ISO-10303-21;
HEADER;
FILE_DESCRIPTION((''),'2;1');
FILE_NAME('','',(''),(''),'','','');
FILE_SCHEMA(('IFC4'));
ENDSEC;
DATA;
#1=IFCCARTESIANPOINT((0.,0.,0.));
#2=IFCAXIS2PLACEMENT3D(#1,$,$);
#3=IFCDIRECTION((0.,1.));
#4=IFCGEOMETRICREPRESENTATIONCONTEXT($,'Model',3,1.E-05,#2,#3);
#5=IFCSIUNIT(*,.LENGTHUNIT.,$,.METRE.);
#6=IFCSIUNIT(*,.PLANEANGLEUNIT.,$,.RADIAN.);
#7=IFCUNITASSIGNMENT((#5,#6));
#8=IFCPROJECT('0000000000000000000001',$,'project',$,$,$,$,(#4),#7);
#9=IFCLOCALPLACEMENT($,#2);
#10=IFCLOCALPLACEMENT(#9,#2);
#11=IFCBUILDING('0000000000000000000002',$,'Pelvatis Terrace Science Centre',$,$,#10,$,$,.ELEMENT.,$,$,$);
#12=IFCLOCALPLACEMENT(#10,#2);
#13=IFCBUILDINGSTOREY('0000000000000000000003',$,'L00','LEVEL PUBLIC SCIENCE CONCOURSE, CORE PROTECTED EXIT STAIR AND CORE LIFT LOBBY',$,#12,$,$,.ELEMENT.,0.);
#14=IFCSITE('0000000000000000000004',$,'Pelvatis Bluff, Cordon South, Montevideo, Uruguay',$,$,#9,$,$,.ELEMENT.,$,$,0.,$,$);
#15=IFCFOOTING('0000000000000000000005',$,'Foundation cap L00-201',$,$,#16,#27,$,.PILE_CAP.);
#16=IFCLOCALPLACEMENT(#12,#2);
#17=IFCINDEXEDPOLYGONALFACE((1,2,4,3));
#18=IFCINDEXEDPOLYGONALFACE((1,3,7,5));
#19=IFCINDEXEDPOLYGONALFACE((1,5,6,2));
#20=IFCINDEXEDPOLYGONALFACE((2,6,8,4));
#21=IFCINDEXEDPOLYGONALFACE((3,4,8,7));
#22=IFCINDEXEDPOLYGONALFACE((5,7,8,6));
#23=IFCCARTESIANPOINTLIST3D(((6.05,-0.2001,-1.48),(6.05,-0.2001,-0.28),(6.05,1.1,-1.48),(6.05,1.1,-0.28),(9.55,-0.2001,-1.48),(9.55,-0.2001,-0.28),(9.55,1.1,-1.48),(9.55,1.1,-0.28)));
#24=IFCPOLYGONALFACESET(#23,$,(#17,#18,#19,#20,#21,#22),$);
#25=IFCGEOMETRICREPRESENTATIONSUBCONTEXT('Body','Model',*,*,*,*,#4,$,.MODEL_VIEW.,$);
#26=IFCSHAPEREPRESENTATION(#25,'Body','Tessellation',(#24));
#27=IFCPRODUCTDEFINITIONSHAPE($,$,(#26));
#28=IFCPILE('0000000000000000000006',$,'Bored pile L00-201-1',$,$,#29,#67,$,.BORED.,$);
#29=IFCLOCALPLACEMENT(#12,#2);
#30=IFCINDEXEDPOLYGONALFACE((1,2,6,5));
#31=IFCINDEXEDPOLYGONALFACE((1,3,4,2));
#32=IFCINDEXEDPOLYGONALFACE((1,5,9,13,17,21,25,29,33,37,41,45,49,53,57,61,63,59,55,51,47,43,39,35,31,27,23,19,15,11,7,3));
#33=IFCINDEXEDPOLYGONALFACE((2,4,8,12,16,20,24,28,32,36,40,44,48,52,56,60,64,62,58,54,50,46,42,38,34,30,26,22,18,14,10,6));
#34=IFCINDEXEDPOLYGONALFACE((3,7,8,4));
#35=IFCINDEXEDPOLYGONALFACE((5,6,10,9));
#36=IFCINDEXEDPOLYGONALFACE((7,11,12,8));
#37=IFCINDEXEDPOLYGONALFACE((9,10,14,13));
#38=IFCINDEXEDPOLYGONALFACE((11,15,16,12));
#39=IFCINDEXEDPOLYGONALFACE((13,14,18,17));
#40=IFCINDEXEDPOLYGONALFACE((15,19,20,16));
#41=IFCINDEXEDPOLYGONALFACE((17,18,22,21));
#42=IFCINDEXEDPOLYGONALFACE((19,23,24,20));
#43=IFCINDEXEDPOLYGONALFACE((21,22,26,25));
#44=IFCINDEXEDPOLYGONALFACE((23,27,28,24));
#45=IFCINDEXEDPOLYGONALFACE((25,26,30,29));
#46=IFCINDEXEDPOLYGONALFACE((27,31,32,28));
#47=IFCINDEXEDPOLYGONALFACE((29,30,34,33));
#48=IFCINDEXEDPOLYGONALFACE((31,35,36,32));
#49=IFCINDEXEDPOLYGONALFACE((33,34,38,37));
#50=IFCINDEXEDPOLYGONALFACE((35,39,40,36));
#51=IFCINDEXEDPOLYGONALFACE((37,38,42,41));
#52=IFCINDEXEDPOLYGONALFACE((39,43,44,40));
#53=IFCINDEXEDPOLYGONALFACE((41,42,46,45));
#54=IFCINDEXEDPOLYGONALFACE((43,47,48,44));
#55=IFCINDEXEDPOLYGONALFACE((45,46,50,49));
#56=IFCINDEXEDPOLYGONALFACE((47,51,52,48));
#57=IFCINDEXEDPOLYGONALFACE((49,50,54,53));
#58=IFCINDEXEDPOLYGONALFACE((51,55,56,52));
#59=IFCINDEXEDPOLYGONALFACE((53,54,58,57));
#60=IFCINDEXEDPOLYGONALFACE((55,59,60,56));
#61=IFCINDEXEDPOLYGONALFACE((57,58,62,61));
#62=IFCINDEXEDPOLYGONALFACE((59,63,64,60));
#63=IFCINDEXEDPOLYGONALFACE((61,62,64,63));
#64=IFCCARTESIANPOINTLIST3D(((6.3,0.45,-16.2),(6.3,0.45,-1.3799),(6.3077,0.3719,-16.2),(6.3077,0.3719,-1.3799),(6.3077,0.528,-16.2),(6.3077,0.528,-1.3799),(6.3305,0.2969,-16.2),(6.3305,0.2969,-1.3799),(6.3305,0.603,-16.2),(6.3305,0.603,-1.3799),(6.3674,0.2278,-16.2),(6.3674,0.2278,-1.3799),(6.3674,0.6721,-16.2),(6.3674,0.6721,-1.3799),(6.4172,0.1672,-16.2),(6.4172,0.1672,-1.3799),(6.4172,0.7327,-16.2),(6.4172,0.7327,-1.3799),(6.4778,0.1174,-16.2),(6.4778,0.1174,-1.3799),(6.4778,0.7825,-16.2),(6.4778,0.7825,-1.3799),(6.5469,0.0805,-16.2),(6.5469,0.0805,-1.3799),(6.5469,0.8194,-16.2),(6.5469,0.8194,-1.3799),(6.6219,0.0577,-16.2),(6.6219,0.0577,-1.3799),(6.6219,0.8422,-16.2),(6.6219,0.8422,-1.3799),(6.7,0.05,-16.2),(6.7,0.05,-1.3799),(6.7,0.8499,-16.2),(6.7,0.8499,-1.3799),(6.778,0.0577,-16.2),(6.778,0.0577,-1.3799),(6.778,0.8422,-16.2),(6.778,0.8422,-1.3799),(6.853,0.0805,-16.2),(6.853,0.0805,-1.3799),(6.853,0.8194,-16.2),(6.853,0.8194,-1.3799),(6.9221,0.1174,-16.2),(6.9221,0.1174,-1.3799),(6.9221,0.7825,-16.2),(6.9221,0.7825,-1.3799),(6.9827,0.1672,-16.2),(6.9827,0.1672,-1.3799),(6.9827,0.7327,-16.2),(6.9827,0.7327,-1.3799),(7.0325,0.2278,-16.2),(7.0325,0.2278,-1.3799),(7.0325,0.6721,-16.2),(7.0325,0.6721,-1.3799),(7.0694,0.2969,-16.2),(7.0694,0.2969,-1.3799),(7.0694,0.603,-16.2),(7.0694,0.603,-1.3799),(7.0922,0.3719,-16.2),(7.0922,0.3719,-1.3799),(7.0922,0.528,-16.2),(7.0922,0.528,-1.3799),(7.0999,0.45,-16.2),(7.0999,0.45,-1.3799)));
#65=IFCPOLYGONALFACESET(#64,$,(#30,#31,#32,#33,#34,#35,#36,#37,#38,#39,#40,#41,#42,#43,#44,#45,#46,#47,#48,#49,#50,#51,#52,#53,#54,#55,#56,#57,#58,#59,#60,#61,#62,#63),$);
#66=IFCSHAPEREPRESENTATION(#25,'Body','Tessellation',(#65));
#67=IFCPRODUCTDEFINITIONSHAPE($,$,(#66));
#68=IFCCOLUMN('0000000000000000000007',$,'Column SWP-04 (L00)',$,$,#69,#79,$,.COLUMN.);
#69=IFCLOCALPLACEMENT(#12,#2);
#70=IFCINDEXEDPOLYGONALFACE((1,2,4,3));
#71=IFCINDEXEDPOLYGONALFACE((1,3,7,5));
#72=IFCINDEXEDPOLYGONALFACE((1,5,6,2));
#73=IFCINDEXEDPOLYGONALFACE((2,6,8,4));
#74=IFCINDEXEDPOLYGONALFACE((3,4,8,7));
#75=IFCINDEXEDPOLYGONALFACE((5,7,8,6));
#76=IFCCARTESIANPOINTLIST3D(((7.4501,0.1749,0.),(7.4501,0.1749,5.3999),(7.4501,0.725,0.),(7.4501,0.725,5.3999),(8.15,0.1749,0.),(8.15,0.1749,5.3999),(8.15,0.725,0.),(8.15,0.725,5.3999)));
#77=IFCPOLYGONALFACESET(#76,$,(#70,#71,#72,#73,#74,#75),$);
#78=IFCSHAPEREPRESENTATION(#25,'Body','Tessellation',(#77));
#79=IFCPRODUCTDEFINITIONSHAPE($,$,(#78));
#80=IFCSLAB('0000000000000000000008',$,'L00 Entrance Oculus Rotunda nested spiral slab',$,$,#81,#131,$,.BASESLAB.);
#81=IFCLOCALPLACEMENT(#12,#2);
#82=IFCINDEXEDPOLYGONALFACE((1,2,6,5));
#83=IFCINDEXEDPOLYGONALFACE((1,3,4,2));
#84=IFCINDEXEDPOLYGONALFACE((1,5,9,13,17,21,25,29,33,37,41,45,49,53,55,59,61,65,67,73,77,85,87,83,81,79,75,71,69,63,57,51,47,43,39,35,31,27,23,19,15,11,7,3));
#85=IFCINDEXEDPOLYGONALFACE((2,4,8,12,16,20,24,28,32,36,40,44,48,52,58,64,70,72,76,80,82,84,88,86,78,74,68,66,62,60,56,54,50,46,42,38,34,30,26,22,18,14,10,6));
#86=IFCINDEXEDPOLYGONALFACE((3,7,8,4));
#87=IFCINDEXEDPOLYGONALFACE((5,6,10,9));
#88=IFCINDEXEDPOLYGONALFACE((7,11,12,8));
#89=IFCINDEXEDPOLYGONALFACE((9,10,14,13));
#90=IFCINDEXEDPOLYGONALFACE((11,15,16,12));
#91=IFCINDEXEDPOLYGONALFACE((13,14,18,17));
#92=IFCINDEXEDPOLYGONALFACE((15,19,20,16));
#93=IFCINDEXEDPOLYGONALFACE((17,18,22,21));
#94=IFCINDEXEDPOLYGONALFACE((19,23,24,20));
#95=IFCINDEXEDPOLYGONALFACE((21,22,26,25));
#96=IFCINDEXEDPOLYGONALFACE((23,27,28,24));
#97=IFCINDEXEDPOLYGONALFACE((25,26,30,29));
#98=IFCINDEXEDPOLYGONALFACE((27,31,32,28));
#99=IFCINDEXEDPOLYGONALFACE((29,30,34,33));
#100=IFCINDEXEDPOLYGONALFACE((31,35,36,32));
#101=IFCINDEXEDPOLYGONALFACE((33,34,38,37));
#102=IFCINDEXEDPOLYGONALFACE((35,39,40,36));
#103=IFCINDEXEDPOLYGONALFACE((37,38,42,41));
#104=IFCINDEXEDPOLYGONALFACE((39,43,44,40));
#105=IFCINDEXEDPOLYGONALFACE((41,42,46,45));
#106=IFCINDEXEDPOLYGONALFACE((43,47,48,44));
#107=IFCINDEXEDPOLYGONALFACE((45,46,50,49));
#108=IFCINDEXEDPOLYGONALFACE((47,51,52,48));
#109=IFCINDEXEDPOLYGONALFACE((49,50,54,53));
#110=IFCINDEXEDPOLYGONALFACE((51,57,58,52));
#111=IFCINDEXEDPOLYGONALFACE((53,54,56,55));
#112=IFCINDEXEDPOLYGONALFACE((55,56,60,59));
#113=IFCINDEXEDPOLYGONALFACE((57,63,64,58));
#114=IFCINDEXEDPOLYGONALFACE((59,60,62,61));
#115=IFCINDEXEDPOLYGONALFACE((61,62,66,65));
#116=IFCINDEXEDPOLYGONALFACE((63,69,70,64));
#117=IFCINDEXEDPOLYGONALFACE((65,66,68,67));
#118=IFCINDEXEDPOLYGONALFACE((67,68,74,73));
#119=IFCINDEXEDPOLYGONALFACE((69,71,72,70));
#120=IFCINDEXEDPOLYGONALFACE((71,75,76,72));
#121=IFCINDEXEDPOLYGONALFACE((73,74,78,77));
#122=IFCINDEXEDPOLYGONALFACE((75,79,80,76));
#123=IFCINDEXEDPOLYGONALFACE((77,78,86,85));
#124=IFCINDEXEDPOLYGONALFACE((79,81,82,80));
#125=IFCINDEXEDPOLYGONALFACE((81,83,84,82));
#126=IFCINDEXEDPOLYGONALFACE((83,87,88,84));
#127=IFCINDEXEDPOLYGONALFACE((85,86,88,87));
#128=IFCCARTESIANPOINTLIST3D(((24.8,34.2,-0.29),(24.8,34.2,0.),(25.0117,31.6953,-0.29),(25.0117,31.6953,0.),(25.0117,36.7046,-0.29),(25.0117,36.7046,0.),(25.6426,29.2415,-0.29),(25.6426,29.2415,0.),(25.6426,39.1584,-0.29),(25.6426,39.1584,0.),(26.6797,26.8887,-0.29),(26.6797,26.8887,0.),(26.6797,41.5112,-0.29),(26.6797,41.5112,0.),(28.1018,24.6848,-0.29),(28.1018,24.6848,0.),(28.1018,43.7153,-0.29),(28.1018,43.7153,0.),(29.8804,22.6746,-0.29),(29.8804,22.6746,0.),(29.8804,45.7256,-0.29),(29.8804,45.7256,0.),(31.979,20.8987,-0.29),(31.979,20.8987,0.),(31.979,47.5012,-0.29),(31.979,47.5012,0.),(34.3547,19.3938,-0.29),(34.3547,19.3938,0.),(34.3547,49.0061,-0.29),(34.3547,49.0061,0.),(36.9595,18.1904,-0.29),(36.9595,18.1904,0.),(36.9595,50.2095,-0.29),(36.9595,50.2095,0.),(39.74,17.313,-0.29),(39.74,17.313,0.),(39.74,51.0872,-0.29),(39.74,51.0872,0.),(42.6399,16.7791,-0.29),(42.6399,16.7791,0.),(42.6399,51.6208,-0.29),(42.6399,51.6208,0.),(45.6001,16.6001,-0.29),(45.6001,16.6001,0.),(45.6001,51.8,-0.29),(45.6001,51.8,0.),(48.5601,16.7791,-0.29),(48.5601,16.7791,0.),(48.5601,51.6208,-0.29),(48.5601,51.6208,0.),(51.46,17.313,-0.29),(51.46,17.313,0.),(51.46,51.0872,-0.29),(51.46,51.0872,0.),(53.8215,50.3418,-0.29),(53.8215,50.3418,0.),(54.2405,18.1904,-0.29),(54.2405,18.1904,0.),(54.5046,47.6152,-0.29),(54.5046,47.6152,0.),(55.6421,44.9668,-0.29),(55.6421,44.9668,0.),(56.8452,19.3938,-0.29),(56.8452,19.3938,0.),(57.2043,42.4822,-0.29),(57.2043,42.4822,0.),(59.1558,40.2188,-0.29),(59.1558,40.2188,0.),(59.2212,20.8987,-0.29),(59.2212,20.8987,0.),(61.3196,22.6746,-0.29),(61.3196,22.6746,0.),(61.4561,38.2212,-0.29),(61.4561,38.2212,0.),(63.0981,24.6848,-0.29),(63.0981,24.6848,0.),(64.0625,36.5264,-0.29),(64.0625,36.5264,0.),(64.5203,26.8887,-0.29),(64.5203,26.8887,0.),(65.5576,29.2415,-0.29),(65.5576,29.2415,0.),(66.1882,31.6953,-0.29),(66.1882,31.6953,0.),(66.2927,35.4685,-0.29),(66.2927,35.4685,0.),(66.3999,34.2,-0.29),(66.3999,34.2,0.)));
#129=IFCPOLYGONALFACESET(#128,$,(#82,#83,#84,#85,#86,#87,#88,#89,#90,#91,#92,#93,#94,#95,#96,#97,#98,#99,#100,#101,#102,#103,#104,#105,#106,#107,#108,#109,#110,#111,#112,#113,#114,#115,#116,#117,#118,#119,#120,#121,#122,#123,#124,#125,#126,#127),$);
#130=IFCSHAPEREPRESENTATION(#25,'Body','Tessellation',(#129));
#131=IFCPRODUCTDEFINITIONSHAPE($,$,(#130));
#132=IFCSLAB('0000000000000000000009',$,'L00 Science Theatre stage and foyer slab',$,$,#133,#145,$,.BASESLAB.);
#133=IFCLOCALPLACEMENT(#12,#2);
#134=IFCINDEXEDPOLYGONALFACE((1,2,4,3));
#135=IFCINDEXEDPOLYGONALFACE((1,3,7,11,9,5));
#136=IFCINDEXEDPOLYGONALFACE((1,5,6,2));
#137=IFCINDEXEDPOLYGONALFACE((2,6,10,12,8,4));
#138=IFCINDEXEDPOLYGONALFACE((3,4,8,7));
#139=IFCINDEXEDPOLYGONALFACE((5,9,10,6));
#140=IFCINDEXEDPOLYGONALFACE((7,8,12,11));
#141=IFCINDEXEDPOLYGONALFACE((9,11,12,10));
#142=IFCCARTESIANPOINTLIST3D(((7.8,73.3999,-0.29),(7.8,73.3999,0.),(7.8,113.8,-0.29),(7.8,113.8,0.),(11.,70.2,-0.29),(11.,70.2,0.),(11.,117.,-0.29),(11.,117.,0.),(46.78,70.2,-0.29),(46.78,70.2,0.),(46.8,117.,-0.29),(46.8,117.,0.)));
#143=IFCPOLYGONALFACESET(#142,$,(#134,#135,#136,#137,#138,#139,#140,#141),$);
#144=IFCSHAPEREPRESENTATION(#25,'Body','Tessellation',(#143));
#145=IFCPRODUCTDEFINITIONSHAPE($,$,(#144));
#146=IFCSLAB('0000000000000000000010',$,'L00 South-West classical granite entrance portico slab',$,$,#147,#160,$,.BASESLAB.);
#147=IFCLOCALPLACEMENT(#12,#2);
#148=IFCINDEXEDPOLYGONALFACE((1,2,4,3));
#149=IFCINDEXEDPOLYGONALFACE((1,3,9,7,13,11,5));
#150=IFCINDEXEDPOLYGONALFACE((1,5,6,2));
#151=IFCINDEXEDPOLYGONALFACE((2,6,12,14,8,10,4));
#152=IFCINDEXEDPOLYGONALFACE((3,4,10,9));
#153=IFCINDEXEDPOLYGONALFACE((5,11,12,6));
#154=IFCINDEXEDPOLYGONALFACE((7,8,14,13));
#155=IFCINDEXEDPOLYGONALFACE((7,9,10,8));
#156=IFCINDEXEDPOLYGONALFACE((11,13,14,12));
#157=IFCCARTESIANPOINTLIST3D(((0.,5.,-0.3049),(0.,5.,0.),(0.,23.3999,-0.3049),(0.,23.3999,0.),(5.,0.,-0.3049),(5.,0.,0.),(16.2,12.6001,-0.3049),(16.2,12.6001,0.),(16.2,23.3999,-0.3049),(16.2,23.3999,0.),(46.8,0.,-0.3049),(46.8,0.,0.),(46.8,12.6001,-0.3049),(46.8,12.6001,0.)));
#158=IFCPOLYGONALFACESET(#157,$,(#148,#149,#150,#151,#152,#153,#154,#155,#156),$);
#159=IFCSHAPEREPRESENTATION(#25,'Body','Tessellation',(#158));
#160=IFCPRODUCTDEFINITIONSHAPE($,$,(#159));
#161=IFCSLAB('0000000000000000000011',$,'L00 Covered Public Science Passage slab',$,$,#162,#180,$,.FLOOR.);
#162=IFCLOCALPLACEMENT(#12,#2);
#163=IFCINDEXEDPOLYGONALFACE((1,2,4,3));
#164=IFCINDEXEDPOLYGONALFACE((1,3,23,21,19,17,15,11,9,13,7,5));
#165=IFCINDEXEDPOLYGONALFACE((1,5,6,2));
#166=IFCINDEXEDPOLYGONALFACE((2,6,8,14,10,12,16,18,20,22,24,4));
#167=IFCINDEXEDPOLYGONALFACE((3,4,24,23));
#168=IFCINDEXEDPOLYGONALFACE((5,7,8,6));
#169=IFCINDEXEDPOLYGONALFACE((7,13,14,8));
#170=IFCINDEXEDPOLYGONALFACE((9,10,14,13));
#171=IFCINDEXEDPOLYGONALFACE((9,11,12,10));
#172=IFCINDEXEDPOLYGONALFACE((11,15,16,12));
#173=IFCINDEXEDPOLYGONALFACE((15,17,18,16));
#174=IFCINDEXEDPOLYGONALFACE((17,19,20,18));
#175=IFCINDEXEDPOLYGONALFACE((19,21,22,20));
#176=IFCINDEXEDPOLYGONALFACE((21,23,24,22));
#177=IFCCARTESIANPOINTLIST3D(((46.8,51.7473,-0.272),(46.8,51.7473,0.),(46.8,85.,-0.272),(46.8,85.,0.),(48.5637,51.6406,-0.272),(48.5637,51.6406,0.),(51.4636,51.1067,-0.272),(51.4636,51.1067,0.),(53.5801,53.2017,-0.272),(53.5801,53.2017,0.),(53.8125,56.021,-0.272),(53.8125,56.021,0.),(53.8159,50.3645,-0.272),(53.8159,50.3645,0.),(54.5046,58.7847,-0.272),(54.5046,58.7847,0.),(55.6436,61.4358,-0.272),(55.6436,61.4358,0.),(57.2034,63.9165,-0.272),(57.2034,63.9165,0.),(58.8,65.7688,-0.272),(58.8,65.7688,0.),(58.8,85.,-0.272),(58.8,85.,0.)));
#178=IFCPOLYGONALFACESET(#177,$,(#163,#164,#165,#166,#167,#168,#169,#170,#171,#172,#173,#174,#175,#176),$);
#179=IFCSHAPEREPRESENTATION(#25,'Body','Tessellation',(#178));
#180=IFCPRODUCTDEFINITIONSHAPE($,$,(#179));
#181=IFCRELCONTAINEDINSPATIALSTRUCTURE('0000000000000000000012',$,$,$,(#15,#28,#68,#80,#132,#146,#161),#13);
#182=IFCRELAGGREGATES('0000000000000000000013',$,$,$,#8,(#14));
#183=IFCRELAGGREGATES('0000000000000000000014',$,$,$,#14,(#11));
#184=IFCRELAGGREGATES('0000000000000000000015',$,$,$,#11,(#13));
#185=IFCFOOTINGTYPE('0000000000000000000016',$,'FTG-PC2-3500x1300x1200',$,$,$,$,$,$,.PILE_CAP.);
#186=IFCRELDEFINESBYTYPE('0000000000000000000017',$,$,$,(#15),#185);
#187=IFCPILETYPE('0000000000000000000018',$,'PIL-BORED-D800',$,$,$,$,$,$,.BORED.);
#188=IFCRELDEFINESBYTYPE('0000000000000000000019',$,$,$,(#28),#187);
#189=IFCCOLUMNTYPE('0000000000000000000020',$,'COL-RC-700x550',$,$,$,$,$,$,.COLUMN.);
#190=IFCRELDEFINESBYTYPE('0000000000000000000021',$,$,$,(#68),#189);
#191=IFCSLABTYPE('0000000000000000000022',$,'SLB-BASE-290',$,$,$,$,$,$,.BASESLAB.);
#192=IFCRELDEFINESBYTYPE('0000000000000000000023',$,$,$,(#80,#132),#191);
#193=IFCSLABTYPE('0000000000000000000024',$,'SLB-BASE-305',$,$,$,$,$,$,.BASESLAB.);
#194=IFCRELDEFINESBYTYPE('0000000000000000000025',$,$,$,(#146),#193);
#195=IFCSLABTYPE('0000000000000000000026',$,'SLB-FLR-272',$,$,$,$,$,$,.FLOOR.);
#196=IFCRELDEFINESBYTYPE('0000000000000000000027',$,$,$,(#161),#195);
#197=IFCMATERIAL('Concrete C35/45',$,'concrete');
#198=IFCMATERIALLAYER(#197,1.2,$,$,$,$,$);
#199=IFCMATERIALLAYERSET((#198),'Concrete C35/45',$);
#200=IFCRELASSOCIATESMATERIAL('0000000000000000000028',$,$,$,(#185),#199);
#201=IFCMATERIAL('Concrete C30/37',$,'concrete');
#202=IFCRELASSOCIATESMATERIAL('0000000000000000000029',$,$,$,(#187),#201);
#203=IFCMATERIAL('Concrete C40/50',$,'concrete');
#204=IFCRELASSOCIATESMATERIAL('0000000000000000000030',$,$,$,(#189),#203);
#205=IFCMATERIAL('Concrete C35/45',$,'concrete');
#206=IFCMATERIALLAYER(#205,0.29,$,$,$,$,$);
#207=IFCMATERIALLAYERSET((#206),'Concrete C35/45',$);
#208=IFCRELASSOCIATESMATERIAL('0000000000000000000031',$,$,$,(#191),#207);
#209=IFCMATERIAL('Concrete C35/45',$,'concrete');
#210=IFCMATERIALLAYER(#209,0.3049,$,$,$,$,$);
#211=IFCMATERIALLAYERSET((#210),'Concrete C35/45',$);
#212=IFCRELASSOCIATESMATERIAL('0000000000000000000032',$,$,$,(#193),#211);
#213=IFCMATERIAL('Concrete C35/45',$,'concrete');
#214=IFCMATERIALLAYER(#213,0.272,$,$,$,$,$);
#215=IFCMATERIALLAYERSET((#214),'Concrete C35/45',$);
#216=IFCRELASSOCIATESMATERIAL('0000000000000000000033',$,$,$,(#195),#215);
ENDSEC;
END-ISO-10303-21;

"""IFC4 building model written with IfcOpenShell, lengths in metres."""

from ifc_helpers import new_model, si_unit, direction, frame, origin, origin_2d, place, context, subcontext, project, spatial, polyline, rectangle, circle, outline, extrude, material, layer, layer_set, material_profile, profile_set, type_object, element, save


model = new_model("IFC4")

# Units and contexts
model_context = context("Model", 3, precision=1e-05, world=origin(), true_north=direction((0.0, 1.0)))
body_context = subcontext(model_context, "Body", "Model", "MODEL_VIEW")
ifc_project = project(units=[si_unit("LENGTHUNIT", "METRE"), si_unit("PLANEANGLEUNIT", "RADIAN")], contexts=[model_context])

# Site, building, storey
site_placement = place(None, origin())
site = spatial("IfcSite", under=ifc_project, at=site_placement, Name="Pelvatis Bluff, Cordon South, Montevideo, Uruguay", CompositionType="ELEMENT", RefElevation=0.0)
building_placement = place(site_placement, origin())
building = spatial("IfcBuilding", under=site, at=building_placement, Name="Pelvatis Terrace Science Centre", CompositionType="ELEMENT")
storey_placement = place(building_placement, origin())
storey = spatial("IfcBuildingStorey", under=building, at=storey_placement, Name="L00", Description="LEVEL PUBLIC SCIENCE CONCOURSE, CORE PROTECTED EXIT STAIR AND CORE LIFT LOBBY", CompositionType="ELEMENT", Elevation=0.0)

# Footing
ifc_material_1 = material(Name="Concrete C35/45", Category="concrete")
ifc_layer_1 = layer(ifc_material_1, 1.2)
ifc_layer_set_1 = layer_set([ifc_layer_1], Name="Concrete C35/45")
footing_type = type_object("IfcFootingType", Name="FTG-PC2-3500x1300x1200", PredefinedType="PILE_CAP", material=ifc_layer_set_1)
footing_placement = place(storey_placement, frame((7.8, 0.45, -1.48), z_axis=(0.0, 0.0, 1.0), x_axis=(1.0, 0.0, 0.0)))
element("IfcFooting", 1, at=footing_placement, inside=storey, type_object=footing_type, Name="Foundation cap L00-201", PredefinedType="PILE_CAP", context=body_context, shape_type="SweptSolid", body=[
    extrude(rectangle(XDim=3.5, YDim=1.3, at=origin_2d()), origin(), (0.0, 0.0, 1.0), 1.2),
])

# Pile
ifc_material_2 = material(Name="Concrete C30/37", Category="concrete")
ifc_material_profile_1 = material_profile(ifc_material_2, circle(Radius=0.3999, at=origin_2d()), Name="PILE D800")
ifc_profile_set_1 = profile_set([ifc_material_profile_1], Name="Concrete C30/37")
pile_type = type_object("IfcPileType", Name="PIL-BORED-D800", PredefinedType="BORED", material=ifc_profile_set_1)
pile_placement = place(storey_placement, frame((6.7, 0.45, -1.3799), z_axis=(0.0, 0.0, -1.0), x_axis=(1.0, 0.0, 0.0)))
element("IfcPile", 2, at=pile_placement, inside=storey, type_object=pile_type, Name="Bored pile L00-201-1", PredefinedType="BORED", context=body_context, shape_type="SweptSolid", body=[
    extrude(circle(Radius=0.3999, at=origin_2d()), origin(), (0.0, 0.0, 1.0), 14.8201),
])

# Column
ifc_material_3 = material(Name="Concrete C40/50", Category="concrete")
ifc_material_profile_2 = material_profile(ifc_material_3, rectangle(XDim=0.7, YDim=0.55, at=origin_2d()), Name="RC-COL 700x550")
ifc_profile_set_2 = profile_set([ifc_material_profile_2], Name="Concrete C40/50")
column_type = type_object("IfcColumnType", Name="COL-RC-700x550", PredefinedType="COLUMN", material=ifc_profile_set_2)
column_placement = place(storey_placement, frame((7.8, 0.45, 0.0), z_axis=(0.0, 0.0, 1.0), x_axis=(1.0, 0.0, 0.0)))
element("IfcColumn", 3, at=column_placement, inside=storey, type_object=column_type, Name="Column SWP-04 (L00)", PredefinedType="COLUMN", context=body_context, shape_type="SweptSolid", body=[
    extrude(rectangle(XDim=0.7, YDim=0.55, at=origin_2d()), origin(), (0.0, 0.0, 1.0), 5.3999),
])

# Slabs
ifc_material_4 = material(Name="Concrete C35/45", Category="concrete")
ifc_layer_2 = layer(ifc_material_4, 0.29)
ifc_layer_set_2 = layer_set([ifc_layer_2], Name="Concrete C35/45")
slab_type_1 = type_object("IfcSlabType", Name="SLB-BASE-290", PredefinedType="BASESLAB", material=ifc_layer_set_2)
slab_1_placement = place(storey_placement, frame((0.0, 0.0, -0.29)))
element("IfcSlab", 4, at=slab_1_placement, inside=storey, type_object=slab_type_1, Name="L00 Entrance Oculus Rotunda nested spiral slab", PredefinedType="BASESLAB", context=body_context, shape_type="SweptSolid", body=[
    extrude(outline(polyline([(66.1882, 31.6953), (65.5576, 29.2415), (64.5203, 26.8887), (63.0981, 24.6848), (61.3196, 22.6746), (59.2212, 20.8987), (56.8452, 19.3938), (54.2405, 18.1904), (51.46, 17.313), (48.5601, 16.7791), (45.6001, 16.6001), (42.6399, 16.7791), (39.74, 17.313), (36.9595, 18.1904), (34.3547, 19.3938), (31.979, 20.8987), (29.8804, 22.6746), (28.1018, 24.6848), (26.6797, 26.8887), (25.6426, 29.2415), (25.0117, 31.6953), (24.8, 34.2), (25.0117, 36.7046), (25.6426, 39.1584), (26.6797, 41.5112), (28.1018, 43.7153), (29.8804, 45.7256), (31.979, 47.5012), (34.3547, 49.0061), (36.9595, 50.2095), (39.74, 51.0872), (42.6399, 51.6208), (45.6001, 51.8), (48.5601, 51.6208), (51.46, 51.0872), (53.8215, 50.3418), (54.5046, 47.6152), (55.6421, 44.9668), (57.2043, 42.4822), (59.1558, 40.2188), (61.4561, 38.2212), (64.0625, 36.5264), (66.2927, 35.4685), (66.3999, 34.2), (66.1882, 31.6953)])), origin(), (0.0, 0.0, 1.0), 0.29),
])
slab_2_placement = place(storey_placement, frame((0.0, 0.0, -0.29)))
element("IfcSlab", 5, at=slab_2_placement, inside=storey, type_object=slab_type_1, Name="L00 Science Theatre stage and foyer slab", PredefinedType="BASESLAB", context=body_context, shape_type="SweptSolid", body=[
    extrude(outline(polyline([(7.8, 73.3999), (7.8, 113.8), (11.0, 117.0), (46.8, 117.0), (46.78, 70.2), (11.0, 70.2), (7.8, 73.3999)])), origin(), (0.0, 0.0, 1.0), 0.29),
])
ifc_material_5 = material(Name="Concrete C35/45", Category="concrete")
ifc_layer_3 = layer(ifc_material_5, 0.3049)
ifc_layer_set_3 = layer_set([ifc_layer_3], Name="Concrete C35/45")
slab_type_2 = type_object("IfcSlabType", Name="SLB-BASE-305", PredefinedType="BASESLAB", material=ifc_layer_set_3)
slab_3_placement = place(storey_placement, frame((0.0, 0.0, -0.3049)))
element("IfcSlab", 6, at=slab_3_placement, inside=storey, type_object=slab_type_2, Name="L00 South-West classical granite entrance portico slab", PredefinedType="BASESLAB", context=body_context, shape_type="SweptSolid", body=[
    extrude(outline(polyline([(0.0, 5.0), (0.0, 23.3999), (16.2, 23.3999), (16.2, 12.6001), (46.8, 12.6001), (46.8, 0.0), (5.0, 0.0), (0.0, 5.0)])), origin(), (0.0, 0.0, 1.0), 0.3049),
])
ifc_material_6 = material(Name="Concrete C35/45", Category="concrete")
ifc_layer_4 = layer(ifc_material_6, 0.272)
ifc_layer_set_4 = layer_set([ifc_layer_4], Name="Concrete C35/45")
slab_type_3 = type_object("IfcSlabType", Name="SLB-FLR-272", PredefinedType="FLOOR", material=ifc_layer_set_4)
slab_4_placement = place(storey_placement, frame((0.0, 0.0, -0.272)))
element("IfcSlab", 7, at=slab_4_placement, inside=storey, type_object=slab_type_3, Name="L00 Covered Public Science Passage slab", PredefinedType="FLOOR", context=body_context, shape_type="SweptSolid", body=[
    extrude(outline(polyline([(46.8, 85.0), (58.8, 85.0), (58.8, 65.7688), (57.2034, 63.9165), (55.6436, 61.4358), (54.5046, 58.7847), (53.8125, 56.021), (53.5801, 53.2017), (53.8159, 50.3645), (51.4636, 51.1067), (48.5637, 51.6406), (46.8, 51.7473), (46.8, 85.0)])), origin(), (0.0, 0.0, 1.0), 0.272),
])

save(model, "model.ifc")
